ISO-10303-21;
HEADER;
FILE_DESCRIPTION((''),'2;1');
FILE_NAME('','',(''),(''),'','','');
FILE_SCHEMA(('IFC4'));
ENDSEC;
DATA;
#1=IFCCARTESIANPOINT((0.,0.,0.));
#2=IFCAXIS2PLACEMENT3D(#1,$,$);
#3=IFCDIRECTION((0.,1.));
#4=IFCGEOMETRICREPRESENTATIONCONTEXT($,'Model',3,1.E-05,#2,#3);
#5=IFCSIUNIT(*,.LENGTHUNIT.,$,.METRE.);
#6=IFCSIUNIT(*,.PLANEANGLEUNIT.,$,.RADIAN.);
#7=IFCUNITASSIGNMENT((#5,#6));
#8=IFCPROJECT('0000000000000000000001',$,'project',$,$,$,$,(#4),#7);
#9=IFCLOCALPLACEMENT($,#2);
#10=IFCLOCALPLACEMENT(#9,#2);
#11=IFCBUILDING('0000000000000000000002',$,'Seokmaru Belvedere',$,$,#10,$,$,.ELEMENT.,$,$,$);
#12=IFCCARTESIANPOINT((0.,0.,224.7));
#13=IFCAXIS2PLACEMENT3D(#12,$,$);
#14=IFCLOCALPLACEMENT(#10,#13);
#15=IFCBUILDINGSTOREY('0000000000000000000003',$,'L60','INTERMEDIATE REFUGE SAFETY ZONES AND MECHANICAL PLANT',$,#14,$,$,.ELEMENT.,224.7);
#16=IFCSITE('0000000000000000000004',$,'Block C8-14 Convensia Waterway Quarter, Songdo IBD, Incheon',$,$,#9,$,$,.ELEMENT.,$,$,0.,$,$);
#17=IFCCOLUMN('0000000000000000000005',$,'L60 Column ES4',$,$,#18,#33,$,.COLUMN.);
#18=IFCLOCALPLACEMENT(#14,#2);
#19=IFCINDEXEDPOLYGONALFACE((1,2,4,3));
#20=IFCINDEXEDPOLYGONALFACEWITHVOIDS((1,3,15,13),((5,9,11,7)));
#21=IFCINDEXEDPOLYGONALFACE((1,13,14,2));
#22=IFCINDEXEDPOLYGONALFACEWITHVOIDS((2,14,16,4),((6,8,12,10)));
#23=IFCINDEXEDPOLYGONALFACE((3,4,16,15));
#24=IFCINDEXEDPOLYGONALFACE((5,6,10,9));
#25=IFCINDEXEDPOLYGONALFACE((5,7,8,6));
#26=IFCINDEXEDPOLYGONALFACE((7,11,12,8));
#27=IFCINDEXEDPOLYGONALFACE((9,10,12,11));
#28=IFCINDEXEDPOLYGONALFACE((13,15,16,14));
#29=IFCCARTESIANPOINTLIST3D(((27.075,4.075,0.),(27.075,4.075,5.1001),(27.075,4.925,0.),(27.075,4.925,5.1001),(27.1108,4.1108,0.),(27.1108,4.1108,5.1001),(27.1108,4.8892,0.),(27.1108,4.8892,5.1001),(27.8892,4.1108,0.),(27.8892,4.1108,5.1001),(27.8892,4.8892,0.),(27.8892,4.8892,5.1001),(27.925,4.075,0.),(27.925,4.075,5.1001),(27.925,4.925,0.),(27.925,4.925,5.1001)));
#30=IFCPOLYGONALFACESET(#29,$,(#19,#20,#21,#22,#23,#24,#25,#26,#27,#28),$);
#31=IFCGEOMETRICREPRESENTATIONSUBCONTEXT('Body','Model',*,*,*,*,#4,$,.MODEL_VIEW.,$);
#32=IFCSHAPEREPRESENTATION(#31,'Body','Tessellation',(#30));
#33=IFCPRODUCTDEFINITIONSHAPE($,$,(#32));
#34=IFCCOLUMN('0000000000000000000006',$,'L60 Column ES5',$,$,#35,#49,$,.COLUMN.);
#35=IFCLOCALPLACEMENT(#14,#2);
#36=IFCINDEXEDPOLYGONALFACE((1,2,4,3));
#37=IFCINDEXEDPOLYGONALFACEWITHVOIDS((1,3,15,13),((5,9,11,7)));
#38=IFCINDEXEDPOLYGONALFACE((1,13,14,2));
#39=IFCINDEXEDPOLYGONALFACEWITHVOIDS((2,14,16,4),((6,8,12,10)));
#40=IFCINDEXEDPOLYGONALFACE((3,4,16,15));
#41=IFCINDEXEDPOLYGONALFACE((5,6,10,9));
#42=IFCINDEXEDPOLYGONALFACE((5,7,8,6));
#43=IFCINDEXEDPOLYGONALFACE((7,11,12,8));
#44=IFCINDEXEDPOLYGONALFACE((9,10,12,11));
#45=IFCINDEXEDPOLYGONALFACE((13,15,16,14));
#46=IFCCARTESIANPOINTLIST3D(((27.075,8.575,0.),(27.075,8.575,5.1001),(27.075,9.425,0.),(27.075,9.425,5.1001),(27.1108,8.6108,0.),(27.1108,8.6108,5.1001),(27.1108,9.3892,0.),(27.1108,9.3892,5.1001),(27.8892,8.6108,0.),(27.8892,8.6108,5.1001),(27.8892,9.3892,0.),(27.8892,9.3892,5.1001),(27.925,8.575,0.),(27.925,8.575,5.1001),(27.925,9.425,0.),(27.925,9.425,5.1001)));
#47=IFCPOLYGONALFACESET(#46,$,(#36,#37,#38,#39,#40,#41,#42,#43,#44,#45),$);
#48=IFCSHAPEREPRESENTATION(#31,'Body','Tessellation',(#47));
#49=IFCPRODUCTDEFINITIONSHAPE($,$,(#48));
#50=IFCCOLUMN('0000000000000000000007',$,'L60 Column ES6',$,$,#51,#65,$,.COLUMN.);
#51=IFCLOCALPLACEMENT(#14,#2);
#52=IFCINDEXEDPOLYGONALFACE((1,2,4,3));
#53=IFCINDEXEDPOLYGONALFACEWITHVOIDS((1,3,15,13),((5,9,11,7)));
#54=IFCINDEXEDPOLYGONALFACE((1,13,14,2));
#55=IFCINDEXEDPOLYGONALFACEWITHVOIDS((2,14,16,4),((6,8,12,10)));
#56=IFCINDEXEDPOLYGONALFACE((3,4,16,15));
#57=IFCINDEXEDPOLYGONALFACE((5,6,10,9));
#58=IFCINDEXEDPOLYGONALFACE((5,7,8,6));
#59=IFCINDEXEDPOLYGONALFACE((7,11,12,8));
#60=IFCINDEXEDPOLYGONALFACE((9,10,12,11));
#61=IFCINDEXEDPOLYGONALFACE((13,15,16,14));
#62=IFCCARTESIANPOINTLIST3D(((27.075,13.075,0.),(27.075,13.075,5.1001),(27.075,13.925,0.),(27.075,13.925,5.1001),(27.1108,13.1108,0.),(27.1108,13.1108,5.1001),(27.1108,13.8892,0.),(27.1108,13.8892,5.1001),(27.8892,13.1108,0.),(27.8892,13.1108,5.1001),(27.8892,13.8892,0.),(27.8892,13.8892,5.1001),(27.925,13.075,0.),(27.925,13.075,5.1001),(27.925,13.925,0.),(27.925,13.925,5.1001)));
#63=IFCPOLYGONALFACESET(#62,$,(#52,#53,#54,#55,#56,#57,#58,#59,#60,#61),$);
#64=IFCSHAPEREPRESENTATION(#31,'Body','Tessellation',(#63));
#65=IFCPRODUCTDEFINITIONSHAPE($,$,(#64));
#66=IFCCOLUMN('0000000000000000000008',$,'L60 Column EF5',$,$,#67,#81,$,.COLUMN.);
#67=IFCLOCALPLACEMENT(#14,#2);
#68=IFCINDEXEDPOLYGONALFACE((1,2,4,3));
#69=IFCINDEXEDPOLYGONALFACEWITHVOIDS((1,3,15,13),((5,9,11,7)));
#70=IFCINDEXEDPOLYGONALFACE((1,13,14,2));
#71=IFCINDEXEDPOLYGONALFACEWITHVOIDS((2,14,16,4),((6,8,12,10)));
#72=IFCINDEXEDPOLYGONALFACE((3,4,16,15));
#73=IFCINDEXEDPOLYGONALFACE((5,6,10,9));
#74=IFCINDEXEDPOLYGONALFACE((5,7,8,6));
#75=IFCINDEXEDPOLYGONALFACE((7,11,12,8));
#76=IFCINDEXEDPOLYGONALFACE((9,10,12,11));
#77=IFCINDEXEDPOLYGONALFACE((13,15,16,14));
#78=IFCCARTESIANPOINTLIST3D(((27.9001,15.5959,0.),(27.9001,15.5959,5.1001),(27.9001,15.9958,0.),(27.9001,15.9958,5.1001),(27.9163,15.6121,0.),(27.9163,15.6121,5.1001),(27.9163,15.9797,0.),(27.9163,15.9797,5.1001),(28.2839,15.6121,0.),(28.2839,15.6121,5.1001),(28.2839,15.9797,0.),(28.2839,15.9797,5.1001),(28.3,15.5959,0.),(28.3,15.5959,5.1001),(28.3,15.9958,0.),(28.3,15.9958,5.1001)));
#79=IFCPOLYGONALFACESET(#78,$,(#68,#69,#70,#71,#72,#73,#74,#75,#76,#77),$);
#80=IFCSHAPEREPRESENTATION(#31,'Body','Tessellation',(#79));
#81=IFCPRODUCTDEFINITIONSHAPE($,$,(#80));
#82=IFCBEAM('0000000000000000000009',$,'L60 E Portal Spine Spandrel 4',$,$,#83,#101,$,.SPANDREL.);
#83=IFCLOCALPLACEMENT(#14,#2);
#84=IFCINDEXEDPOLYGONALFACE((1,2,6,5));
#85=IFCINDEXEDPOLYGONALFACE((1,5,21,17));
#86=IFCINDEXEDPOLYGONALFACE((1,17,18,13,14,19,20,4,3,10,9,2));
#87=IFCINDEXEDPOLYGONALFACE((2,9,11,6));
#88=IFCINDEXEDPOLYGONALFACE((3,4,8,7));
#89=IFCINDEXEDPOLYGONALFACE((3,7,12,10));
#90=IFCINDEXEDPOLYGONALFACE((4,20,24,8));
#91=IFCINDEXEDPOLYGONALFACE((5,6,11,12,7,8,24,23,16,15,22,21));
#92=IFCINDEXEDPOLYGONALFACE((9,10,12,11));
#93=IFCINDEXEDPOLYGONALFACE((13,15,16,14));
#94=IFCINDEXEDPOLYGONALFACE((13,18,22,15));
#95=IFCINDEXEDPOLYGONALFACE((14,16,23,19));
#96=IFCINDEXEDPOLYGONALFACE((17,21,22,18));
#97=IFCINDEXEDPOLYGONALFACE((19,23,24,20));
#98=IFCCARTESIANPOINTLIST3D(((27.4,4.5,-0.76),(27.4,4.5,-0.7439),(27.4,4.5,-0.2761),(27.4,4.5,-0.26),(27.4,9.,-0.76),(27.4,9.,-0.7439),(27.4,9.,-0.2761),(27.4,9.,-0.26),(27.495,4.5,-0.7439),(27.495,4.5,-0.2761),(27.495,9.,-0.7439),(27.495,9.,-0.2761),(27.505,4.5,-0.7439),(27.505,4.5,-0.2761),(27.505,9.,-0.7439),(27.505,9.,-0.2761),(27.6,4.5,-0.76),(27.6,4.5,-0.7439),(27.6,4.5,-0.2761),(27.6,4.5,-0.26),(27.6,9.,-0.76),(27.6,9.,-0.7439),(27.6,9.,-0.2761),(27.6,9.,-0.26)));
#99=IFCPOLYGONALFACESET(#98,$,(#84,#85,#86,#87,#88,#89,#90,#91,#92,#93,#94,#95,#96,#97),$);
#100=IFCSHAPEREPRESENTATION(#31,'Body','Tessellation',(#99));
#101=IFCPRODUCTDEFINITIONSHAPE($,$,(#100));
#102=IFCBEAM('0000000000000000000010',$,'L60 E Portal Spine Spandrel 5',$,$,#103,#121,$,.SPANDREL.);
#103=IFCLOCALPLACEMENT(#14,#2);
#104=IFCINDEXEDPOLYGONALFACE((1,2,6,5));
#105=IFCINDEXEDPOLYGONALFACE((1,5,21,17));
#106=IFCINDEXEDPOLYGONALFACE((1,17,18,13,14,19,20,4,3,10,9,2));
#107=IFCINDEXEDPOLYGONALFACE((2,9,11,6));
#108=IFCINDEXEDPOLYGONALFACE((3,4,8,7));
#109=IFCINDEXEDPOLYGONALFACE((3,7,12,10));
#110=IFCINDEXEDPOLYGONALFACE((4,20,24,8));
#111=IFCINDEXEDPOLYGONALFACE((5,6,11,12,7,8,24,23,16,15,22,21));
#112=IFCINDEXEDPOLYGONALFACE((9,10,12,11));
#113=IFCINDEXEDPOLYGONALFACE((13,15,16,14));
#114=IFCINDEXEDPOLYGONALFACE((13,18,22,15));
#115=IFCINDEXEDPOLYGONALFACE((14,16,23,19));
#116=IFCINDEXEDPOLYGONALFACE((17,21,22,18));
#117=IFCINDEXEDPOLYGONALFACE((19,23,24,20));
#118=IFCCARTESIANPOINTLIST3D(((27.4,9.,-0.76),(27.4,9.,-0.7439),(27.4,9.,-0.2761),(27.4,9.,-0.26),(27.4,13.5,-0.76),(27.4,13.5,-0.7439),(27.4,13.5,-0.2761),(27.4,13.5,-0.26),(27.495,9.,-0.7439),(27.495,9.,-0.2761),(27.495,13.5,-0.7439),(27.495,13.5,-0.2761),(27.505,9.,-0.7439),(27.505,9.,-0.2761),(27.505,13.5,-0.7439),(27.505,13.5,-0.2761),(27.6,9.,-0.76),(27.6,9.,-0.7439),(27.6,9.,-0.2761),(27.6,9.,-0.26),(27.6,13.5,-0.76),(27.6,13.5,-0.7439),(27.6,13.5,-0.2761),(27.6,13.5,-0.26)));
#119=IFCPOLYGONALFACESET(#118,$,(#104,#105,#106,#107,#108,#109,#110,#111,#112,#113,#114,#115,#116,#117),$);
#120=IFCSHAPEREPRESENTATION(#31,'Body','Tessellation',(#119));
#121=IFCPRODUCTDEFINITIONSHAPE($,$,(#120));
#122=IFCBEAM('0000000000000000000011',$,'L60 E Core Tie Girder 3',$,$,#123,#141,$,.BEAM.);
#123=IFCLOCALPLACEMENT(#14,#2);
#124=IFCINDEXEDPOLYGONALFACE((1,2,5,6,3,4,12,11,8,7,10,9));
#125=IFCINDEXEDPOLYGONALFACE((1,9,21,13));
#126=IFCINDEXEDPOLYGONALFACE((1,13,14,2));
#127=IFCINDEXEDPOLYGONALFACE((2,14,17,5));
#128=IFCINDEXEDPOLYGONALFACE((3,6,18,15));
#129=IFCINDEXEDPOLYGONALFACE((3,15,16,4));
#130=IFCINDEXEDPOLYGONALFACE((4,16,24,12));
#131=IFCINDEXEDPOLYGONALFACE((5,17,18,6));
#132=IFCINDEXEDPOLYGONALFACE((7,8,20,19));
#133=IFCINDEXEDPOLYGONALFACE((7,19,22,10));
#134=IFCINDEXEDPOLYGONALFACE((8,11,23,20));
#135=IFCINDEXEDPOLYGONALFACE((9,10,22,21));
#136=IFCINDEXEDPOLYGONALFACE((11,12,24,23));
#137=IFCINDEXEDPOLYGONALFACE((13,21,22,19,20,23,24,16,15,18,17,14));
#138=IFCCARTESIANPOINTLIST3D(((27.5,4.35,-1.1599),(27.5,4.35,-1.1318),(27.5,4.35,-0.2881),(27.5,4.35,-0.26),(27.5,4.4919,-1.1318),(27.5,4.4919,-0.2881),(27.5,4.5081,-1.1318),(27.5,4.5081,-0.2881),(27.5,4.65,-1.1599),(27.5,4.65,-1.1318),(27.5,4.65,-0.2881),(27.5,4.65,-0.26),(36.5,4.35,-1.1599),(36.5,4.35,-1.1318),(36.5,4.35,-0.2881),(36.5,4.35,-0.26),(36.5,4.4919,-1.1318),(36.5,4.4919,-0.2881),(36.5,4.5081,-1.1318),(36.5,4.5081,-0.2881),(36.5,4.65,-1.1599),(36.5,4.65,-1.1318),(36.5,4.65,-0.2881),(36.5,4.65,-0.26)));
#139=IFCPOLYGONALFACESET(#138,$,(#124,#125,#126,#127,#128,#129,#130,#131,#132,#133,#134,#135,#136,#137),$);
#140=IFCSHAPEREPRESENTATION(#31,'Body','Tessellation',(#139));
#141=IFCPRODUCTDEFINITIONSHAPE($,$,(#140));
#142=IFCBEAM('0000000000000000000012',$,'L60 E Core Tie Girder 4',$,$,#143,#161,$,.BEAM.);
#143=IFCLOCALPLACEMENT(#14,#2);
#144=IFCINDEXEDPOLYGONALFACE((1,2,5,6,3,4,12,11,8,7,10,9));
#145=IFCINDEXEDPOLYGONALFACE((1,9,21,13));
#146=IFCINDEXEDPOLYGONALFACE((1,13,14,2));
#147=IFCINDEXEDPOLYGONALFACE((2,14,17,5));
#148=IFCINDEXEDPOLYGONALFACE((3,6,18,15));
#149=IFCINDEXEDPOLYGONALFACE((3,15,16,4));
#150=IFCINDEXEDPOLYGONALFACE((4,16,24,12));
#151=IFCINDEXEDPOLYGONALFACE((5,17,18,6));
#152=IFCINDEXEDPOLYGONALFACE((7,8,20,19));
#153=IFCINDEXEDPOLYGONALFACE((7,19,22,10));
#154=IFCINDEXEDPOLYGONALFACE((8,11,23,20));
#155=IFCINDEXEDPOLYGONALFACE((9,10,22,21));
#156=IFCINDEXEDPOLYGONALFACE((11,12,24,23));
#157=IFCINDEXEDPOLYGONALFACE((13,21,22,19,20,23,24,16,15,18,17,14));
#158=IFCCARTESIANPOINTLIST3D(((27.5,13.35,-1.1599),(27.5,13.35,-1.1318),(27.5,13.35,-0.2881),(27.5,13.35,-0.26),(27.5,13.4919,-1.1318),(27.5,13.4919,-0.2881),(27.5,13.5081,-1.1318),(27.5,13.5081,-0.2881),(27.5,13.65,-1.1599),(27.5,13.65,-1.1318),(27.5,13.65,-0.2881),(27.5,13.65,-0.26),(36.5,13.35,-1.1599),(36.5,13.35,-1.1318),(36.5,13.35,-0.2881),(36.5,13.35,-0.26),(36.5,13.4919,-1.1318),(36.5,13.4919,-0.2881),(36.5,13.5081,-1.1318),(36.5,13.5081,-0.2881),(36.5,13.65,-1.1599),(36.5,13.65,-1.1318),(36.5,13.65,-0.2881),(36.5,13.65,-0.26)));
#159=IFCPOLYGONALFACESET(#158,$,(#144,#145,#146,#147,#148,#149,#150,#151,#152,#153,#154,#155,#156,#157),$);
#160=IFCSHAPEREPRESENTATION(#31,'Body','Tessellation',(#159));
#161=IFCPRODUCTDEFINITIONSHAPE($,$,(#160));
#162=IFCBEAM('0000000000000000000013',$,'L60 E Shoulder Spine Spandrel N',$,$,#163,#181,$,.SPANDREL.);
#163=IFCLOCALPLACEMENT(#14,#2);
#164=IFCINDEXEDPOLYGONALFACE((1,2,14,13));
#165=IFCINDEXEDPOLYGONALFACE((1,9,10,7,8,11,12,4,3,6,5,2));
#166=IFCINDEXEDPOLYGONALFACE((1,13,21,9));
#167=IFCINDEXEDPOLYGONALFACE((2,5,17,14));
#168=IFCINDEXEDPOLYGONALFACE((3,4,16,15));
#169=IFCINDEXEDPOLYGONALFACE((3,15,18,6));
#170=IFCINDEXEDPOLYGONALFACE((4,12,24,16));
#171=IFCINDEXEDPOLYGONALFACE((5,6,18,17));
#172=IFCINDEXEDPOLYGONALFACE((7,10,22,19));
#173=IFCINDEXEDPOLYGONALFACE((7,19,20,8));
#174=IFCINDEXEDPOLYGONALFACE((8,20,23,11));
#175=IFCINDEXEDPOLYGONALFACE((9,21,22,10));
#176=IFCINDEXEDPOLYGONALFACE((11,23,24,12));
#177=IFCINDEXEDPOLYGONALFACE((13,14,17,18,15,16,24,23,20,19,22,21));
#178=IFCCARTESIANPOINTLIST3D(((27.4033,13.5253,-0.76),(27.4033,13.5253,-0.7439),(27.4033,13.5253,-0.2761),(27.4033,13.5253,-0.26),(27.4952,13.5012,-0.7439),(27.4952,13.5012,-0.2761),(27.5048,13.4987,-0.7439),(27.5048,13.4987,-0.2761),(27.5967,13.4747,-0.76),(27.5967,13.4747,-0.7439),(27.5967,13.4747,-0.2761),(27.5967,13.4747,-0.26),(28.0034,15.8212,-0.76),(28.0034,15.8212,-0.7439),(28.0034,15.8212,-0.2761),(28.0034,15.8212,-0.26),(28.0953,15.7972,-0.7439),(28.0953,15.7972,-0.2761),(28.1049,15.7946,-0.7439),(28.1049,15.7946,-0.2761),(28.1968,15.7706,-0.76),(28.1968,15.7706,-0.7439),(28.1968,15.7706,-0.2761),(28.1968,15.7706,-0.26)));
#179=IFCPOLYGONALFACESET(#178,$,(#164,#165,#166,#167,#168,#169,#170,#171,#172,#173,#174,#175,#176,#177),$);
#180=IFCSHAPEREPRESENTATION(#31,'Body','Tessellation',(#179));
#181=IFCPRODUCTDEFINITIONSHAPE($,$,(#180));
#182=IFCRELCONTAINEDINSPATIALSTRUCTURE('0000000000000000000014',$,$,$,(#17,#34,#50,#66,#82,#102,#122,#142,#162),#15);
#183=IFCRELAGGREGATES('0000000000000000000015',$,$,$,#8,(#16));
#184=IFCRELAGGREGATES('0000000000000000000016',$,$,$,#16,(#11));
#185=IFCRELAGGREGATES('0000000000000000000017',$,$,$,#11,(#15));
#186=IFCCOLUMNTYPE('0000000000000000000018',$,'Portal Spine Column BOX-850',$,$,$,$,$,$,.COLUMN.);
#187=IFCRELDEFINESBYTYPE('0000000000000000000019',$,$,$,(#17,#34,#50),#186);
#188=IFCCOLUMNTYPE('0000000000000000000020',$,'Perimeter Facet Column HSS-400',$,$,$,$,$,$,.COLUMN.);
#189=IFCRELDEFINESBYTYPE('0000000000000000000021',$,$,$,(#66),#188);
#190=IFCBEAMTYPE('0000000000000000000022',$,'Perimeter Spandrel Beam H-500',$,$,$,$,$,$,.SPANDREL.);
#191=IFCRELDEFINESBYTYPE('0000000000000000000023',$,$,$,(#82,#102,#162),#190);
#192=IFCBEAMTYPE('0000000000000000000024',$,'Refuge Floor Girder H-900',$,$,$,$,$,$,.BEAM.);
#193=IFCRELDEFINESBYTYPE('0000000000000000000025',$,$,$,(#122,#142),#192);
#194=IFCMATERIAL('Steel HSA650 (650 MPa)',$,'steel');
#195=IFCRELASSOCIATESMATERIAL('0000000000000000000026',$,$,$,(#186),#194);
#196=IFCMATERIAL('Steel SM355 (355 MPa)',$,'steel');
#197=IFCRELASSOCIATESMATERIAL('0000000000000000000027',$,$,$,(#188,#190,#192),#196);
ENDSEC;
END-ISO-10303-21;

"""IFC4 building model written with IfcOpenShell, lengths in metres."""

from ifc_helpers import new_model, si_unit, direction, frame, origin, origin_2d, place, context, subcontext, project, spatial, hollow_rectangle, i_section, extrude, source, transform, mapped, material, material_profile, profile_set, type_object, type_shapes, element, save


model = new_model("IFC4")

# Units and contexts
model_context = context("Model", 3, precision=1e-05, world=origin(), true_north=direction((0.0, 1.0)))
body_context = subcontext(model_context, "Body", "Model", "MODEL_VIEW")
ifc_project = project(units=[si_unit("LENGTHUNIT", "METRE"), si_unit("PLANEANGLEUNIT", "RADIAN")], contexts=[model_context])

# Site, building, storey
site_placement = place(None, origin())
site = spatial("IfcSite", under=ifc_project, at=site_placement, Name="Block C8-14 Convensia Waterway Quarter, Songdo IBD, Incheon", CompositionType="ELEMENT", RefElevation=0.0)
building_placement = place(site_placement, origin())
building = spatial("IfcBuilding", under=site, at=building_placement, Name="Seokmaru Belvedere", CompositionType="ELEMENT")
storey_placement = place(building_placement, frame((0.0, 0.0, 224.7)))
storey = spatial("IfcBuildingStorey", under=building, at=storey_placement, Name="L60", Description="INTERMEDIATE REFUGE SAFETY ZONES AND MECHANICAL PLANT", CompositionType="ELEMENT", Elevation=224.7)

# Columns
ifc_material_1 = material(Name="Steel HSA650 (650 MPa)", Category="steel")
ifc_material_profile_1 = material_profile(ifc_material_1, hollow_rectangle(XDim=0.8501, YDim=0.8501, WallThickness=0.0359, at=origin_2d()), Name="BOX-850x850x36")
ifc_profile_set_1 = profile_set([ifc_material_profile_1], Name="Steel HSA650 (650 MPa)")
column_type_1 = type_object("IfcColumnType", Name="Portal Spine Column BOX-850", PredefinedType="COLUMN", material=ifc_profile_set_1)
shared_shape_1 = source(origin(), body_context, "Body", "SweptSolid", [
    extrude(hollow_rectangle(XDim=0.8501, YDim=0.8501, WallThickness=0.0359, at=origin_2d()), origin(), (0.0, 0.0, 1.0), 5.1001),
])
type_shapes(column_type_1, [shared_shape_1])
for number, where, z_axis, x_axis, name in (
    (1, (27.5, 4.5, 0.0), (0.0, 0.0, 1.0), (1.0, 0.0, 0.0), "L60 Column ES4"),
    (2, (27.5, 9.0, 0.0), (0.0, 0.0, 1.0), (1.0, 0.0, 0.0), "L60 Column ES5"),
    (3, (27.5, 13.5, 0.0), (0.0, 0.0, 1.0), (1.0, 0.0, 0.0), "L60 Column ES6"),
):
    element("IfcColumn", number, at=place(storey_placement, frame(where, z_axis=z_axis, x_axis=x_axis)), inside=storey, type_object=column_type_1, Name=name, PredefinedType="COLUMN", context=body_context, shape_type="MappedRepresentation", body=[
        mapped(shared_shape_1, transform((0.0, 0.0, 0.0), scale=1.0)),
    ])
ifc_material_2 = material(Name="Steel SM355 (355 MPa)", Category="steel")
ifc_material_profile_2 = material_profile(ifc_material_2, hollow_rectangle(XDim=0.3999, YDim=0.3999, WallThickness=0.0161, at=origin_2d()), Name="HSS-400x400x16")
ifc_profile_set_2 = profile_set([ifc_material_profile_2], Name="Steel SM355 (355 MPa)")
column_type_2 = type_object("IfcColumnType", Name="Perimeter Facet Column HSS-400", PredefinedType="COLUMN", material=ifc_profile_set_2)
shared_shape_2 = source(origin(), body_context, "Body", "SweptSolid", [
    extrude(hollow_rectangle(XDim=0.3999, YDim=0.3999, WallThickness=0.0161, at=origin_2d()), origin(), (0.0, 0.0, 1.0), 5.1001),
])
type_shapes(column_type_2, [shared_shape_2])
column_placement = place(storey_placement, frame((28.1001, 15.7959, 0.0), z_axis=(0.0, 0.0, 1.0), x_axis=(1.0, 0.0, 0.0)))
element("IfcColumn", 4, at=column_placement, inside=storey, type_object=column_type_2, Name="L60 Column EF5", PredefinedType="COLUMN", context=body_context, shape_type="MappedRepresentation", body=[
    mapped(shared_shape_2, transform((0.0, 0.0, 0.0), scale=1.0)),
])

# Beams
ifc_material_profile_3 = material_profile(ifc_material_2, i_section(OverallWidth=0.2, OverallDepth=0.5, WebThickness=0.01, FlangeThickness=0.0161, at=origin_2d()), Name="H-500x200x10x16")
ifc_profile_set_3 = profile_set([ifc_material_profile_3], Name="Steel SM355 (355 MPa)")
beam_type_1 = type_object("IfcBeamType", Name="Perimeter Spandrel Beam H-500", PredefinedType="SPANDREL", material=ifc_profile_set_3)
shared_shape_3 = source(origin(), body_context, "Body", "SweptSolid", [
    extrude(i_section(OverallWidth=0.2, OverallDepth=0.5, WebThickness=0.01, FlangeThickness=0.0161, at=origin_2d()), origin(), (0.0, 0.0, 1.0), 4.5),
])
for number, where, z_axis, x_axis, name in (
    (5, (27.5, 4.5, -0.51), (0.0, 1.0, 0.0), (-1.0, 0.0, 0.0), "L60 E Portal Spine Spandrel 4"),
    (6, (27.5, 9.0, -0.51), (0.0, 1.0, 0.0), (-1.0, 0.0, 0.0), "L60 E Portal Spine Spandrel 5"),
):
    element("IfcBeam", number, at=place(storey_placement, frame(where, z_axis=z_axis, x_axis=x_axis)), inside=storey, type_object=beam_type_1, Name=name, PredefinedType="SPANDREL", context=body_context, shape_type="MappedRepresentation", body=[
        mapped(shared_shape_3, transform((0.0, 0.0, 0.0), scale=1.0)),
    ])
ifc_material_profile_4 = material_profile(ifc_material_2, i_section(OverallWidth=0.3, OverallDepth=0.8999, WebThickness=0.0161, FlangeThickness=0.0281, at=origin_2d()), Name="H-900x300x16x28")
ifc_profile_set_4 = profile_set([ifc_material_profile_4], Name="Steel SM355 (355 MPa)")
beam_type_2 = type_object("IfcBeamType", Name="Refuge Floor Girder H-900", PredefinedType="BEAM", material=ifc_profile_set_4)
shared_shape_4 = source(origin(), body_context, "Body", "SweptSolid", [
    extrude(i_section(OverallWidth=0.3, OverallDepth=0.8999, WebThickness=0.0161, FlangeThickness=0.0281, at=origin_2d()), origin(), (0.0, 0.0, 1.0), 9.0),
])
type_shapes(beam_type_2, [shared_shape_4])
for number, where, z_axis, x_axis, name in (
    (7, (27.5, 4.5, -0.71), (1.0, 0.0, 0.0), (0.0, 1.0, 0.0), "L60 E Core Tie Girder 3"),
    (8, (27.5, 13.5, -0.71), (1.0, 0.0, 0.0), (0.0, 1.0, 0.0), "L60 E Core Tie Girder 4"),
):
    element("IfcBeam", number, at=place(storey_placement, frame(where, z_axis=z_axis, x_axis=x_axis)), inside=storey, type_object=beam_type_2, Name=name, PredefinedType="BEAM", context=body_context, shape_type="MappedRepresentation", body=[
        mapped(shared_shape_4, transform((0.0, 0.0, 0.0), scale=1.0)),
    ])
shared_shape_5 = source(origin(), body_context, "Body", "SweptSolid", [
    extrude(i_section(OverallWidth=0.2, OverallDepth=0.5, WebThickness=0.01, FlangeThickness=0.0161, at=origin_2d()), origin(), (0.0, 0.0, 1.0), 2.373),
])
type_shapes(beam_type_1, [shared_shape_3, shared_shape_5])
beam_placement = place(storey_placement, frame((28.1001, 15.7959, -0.51), z_axis=(-0.252883, -0.967497, 0.0), x_axis=(0.967497, -0.252883, 0.0)))
element("IfcBeam", 9, at=beam_placement, inside=storey, type_object=beam_type_1, Name="L60 E Shoulder Spine Spandrel N", PredefinedType="SPANDREL", context=body_context, shape_type="MappedRepresentation", body=[
    mapped(shared_shape_5, transform((0.0, 0.0, 0.0), scale=1.0)),
])

save(model, "model.ifc")
